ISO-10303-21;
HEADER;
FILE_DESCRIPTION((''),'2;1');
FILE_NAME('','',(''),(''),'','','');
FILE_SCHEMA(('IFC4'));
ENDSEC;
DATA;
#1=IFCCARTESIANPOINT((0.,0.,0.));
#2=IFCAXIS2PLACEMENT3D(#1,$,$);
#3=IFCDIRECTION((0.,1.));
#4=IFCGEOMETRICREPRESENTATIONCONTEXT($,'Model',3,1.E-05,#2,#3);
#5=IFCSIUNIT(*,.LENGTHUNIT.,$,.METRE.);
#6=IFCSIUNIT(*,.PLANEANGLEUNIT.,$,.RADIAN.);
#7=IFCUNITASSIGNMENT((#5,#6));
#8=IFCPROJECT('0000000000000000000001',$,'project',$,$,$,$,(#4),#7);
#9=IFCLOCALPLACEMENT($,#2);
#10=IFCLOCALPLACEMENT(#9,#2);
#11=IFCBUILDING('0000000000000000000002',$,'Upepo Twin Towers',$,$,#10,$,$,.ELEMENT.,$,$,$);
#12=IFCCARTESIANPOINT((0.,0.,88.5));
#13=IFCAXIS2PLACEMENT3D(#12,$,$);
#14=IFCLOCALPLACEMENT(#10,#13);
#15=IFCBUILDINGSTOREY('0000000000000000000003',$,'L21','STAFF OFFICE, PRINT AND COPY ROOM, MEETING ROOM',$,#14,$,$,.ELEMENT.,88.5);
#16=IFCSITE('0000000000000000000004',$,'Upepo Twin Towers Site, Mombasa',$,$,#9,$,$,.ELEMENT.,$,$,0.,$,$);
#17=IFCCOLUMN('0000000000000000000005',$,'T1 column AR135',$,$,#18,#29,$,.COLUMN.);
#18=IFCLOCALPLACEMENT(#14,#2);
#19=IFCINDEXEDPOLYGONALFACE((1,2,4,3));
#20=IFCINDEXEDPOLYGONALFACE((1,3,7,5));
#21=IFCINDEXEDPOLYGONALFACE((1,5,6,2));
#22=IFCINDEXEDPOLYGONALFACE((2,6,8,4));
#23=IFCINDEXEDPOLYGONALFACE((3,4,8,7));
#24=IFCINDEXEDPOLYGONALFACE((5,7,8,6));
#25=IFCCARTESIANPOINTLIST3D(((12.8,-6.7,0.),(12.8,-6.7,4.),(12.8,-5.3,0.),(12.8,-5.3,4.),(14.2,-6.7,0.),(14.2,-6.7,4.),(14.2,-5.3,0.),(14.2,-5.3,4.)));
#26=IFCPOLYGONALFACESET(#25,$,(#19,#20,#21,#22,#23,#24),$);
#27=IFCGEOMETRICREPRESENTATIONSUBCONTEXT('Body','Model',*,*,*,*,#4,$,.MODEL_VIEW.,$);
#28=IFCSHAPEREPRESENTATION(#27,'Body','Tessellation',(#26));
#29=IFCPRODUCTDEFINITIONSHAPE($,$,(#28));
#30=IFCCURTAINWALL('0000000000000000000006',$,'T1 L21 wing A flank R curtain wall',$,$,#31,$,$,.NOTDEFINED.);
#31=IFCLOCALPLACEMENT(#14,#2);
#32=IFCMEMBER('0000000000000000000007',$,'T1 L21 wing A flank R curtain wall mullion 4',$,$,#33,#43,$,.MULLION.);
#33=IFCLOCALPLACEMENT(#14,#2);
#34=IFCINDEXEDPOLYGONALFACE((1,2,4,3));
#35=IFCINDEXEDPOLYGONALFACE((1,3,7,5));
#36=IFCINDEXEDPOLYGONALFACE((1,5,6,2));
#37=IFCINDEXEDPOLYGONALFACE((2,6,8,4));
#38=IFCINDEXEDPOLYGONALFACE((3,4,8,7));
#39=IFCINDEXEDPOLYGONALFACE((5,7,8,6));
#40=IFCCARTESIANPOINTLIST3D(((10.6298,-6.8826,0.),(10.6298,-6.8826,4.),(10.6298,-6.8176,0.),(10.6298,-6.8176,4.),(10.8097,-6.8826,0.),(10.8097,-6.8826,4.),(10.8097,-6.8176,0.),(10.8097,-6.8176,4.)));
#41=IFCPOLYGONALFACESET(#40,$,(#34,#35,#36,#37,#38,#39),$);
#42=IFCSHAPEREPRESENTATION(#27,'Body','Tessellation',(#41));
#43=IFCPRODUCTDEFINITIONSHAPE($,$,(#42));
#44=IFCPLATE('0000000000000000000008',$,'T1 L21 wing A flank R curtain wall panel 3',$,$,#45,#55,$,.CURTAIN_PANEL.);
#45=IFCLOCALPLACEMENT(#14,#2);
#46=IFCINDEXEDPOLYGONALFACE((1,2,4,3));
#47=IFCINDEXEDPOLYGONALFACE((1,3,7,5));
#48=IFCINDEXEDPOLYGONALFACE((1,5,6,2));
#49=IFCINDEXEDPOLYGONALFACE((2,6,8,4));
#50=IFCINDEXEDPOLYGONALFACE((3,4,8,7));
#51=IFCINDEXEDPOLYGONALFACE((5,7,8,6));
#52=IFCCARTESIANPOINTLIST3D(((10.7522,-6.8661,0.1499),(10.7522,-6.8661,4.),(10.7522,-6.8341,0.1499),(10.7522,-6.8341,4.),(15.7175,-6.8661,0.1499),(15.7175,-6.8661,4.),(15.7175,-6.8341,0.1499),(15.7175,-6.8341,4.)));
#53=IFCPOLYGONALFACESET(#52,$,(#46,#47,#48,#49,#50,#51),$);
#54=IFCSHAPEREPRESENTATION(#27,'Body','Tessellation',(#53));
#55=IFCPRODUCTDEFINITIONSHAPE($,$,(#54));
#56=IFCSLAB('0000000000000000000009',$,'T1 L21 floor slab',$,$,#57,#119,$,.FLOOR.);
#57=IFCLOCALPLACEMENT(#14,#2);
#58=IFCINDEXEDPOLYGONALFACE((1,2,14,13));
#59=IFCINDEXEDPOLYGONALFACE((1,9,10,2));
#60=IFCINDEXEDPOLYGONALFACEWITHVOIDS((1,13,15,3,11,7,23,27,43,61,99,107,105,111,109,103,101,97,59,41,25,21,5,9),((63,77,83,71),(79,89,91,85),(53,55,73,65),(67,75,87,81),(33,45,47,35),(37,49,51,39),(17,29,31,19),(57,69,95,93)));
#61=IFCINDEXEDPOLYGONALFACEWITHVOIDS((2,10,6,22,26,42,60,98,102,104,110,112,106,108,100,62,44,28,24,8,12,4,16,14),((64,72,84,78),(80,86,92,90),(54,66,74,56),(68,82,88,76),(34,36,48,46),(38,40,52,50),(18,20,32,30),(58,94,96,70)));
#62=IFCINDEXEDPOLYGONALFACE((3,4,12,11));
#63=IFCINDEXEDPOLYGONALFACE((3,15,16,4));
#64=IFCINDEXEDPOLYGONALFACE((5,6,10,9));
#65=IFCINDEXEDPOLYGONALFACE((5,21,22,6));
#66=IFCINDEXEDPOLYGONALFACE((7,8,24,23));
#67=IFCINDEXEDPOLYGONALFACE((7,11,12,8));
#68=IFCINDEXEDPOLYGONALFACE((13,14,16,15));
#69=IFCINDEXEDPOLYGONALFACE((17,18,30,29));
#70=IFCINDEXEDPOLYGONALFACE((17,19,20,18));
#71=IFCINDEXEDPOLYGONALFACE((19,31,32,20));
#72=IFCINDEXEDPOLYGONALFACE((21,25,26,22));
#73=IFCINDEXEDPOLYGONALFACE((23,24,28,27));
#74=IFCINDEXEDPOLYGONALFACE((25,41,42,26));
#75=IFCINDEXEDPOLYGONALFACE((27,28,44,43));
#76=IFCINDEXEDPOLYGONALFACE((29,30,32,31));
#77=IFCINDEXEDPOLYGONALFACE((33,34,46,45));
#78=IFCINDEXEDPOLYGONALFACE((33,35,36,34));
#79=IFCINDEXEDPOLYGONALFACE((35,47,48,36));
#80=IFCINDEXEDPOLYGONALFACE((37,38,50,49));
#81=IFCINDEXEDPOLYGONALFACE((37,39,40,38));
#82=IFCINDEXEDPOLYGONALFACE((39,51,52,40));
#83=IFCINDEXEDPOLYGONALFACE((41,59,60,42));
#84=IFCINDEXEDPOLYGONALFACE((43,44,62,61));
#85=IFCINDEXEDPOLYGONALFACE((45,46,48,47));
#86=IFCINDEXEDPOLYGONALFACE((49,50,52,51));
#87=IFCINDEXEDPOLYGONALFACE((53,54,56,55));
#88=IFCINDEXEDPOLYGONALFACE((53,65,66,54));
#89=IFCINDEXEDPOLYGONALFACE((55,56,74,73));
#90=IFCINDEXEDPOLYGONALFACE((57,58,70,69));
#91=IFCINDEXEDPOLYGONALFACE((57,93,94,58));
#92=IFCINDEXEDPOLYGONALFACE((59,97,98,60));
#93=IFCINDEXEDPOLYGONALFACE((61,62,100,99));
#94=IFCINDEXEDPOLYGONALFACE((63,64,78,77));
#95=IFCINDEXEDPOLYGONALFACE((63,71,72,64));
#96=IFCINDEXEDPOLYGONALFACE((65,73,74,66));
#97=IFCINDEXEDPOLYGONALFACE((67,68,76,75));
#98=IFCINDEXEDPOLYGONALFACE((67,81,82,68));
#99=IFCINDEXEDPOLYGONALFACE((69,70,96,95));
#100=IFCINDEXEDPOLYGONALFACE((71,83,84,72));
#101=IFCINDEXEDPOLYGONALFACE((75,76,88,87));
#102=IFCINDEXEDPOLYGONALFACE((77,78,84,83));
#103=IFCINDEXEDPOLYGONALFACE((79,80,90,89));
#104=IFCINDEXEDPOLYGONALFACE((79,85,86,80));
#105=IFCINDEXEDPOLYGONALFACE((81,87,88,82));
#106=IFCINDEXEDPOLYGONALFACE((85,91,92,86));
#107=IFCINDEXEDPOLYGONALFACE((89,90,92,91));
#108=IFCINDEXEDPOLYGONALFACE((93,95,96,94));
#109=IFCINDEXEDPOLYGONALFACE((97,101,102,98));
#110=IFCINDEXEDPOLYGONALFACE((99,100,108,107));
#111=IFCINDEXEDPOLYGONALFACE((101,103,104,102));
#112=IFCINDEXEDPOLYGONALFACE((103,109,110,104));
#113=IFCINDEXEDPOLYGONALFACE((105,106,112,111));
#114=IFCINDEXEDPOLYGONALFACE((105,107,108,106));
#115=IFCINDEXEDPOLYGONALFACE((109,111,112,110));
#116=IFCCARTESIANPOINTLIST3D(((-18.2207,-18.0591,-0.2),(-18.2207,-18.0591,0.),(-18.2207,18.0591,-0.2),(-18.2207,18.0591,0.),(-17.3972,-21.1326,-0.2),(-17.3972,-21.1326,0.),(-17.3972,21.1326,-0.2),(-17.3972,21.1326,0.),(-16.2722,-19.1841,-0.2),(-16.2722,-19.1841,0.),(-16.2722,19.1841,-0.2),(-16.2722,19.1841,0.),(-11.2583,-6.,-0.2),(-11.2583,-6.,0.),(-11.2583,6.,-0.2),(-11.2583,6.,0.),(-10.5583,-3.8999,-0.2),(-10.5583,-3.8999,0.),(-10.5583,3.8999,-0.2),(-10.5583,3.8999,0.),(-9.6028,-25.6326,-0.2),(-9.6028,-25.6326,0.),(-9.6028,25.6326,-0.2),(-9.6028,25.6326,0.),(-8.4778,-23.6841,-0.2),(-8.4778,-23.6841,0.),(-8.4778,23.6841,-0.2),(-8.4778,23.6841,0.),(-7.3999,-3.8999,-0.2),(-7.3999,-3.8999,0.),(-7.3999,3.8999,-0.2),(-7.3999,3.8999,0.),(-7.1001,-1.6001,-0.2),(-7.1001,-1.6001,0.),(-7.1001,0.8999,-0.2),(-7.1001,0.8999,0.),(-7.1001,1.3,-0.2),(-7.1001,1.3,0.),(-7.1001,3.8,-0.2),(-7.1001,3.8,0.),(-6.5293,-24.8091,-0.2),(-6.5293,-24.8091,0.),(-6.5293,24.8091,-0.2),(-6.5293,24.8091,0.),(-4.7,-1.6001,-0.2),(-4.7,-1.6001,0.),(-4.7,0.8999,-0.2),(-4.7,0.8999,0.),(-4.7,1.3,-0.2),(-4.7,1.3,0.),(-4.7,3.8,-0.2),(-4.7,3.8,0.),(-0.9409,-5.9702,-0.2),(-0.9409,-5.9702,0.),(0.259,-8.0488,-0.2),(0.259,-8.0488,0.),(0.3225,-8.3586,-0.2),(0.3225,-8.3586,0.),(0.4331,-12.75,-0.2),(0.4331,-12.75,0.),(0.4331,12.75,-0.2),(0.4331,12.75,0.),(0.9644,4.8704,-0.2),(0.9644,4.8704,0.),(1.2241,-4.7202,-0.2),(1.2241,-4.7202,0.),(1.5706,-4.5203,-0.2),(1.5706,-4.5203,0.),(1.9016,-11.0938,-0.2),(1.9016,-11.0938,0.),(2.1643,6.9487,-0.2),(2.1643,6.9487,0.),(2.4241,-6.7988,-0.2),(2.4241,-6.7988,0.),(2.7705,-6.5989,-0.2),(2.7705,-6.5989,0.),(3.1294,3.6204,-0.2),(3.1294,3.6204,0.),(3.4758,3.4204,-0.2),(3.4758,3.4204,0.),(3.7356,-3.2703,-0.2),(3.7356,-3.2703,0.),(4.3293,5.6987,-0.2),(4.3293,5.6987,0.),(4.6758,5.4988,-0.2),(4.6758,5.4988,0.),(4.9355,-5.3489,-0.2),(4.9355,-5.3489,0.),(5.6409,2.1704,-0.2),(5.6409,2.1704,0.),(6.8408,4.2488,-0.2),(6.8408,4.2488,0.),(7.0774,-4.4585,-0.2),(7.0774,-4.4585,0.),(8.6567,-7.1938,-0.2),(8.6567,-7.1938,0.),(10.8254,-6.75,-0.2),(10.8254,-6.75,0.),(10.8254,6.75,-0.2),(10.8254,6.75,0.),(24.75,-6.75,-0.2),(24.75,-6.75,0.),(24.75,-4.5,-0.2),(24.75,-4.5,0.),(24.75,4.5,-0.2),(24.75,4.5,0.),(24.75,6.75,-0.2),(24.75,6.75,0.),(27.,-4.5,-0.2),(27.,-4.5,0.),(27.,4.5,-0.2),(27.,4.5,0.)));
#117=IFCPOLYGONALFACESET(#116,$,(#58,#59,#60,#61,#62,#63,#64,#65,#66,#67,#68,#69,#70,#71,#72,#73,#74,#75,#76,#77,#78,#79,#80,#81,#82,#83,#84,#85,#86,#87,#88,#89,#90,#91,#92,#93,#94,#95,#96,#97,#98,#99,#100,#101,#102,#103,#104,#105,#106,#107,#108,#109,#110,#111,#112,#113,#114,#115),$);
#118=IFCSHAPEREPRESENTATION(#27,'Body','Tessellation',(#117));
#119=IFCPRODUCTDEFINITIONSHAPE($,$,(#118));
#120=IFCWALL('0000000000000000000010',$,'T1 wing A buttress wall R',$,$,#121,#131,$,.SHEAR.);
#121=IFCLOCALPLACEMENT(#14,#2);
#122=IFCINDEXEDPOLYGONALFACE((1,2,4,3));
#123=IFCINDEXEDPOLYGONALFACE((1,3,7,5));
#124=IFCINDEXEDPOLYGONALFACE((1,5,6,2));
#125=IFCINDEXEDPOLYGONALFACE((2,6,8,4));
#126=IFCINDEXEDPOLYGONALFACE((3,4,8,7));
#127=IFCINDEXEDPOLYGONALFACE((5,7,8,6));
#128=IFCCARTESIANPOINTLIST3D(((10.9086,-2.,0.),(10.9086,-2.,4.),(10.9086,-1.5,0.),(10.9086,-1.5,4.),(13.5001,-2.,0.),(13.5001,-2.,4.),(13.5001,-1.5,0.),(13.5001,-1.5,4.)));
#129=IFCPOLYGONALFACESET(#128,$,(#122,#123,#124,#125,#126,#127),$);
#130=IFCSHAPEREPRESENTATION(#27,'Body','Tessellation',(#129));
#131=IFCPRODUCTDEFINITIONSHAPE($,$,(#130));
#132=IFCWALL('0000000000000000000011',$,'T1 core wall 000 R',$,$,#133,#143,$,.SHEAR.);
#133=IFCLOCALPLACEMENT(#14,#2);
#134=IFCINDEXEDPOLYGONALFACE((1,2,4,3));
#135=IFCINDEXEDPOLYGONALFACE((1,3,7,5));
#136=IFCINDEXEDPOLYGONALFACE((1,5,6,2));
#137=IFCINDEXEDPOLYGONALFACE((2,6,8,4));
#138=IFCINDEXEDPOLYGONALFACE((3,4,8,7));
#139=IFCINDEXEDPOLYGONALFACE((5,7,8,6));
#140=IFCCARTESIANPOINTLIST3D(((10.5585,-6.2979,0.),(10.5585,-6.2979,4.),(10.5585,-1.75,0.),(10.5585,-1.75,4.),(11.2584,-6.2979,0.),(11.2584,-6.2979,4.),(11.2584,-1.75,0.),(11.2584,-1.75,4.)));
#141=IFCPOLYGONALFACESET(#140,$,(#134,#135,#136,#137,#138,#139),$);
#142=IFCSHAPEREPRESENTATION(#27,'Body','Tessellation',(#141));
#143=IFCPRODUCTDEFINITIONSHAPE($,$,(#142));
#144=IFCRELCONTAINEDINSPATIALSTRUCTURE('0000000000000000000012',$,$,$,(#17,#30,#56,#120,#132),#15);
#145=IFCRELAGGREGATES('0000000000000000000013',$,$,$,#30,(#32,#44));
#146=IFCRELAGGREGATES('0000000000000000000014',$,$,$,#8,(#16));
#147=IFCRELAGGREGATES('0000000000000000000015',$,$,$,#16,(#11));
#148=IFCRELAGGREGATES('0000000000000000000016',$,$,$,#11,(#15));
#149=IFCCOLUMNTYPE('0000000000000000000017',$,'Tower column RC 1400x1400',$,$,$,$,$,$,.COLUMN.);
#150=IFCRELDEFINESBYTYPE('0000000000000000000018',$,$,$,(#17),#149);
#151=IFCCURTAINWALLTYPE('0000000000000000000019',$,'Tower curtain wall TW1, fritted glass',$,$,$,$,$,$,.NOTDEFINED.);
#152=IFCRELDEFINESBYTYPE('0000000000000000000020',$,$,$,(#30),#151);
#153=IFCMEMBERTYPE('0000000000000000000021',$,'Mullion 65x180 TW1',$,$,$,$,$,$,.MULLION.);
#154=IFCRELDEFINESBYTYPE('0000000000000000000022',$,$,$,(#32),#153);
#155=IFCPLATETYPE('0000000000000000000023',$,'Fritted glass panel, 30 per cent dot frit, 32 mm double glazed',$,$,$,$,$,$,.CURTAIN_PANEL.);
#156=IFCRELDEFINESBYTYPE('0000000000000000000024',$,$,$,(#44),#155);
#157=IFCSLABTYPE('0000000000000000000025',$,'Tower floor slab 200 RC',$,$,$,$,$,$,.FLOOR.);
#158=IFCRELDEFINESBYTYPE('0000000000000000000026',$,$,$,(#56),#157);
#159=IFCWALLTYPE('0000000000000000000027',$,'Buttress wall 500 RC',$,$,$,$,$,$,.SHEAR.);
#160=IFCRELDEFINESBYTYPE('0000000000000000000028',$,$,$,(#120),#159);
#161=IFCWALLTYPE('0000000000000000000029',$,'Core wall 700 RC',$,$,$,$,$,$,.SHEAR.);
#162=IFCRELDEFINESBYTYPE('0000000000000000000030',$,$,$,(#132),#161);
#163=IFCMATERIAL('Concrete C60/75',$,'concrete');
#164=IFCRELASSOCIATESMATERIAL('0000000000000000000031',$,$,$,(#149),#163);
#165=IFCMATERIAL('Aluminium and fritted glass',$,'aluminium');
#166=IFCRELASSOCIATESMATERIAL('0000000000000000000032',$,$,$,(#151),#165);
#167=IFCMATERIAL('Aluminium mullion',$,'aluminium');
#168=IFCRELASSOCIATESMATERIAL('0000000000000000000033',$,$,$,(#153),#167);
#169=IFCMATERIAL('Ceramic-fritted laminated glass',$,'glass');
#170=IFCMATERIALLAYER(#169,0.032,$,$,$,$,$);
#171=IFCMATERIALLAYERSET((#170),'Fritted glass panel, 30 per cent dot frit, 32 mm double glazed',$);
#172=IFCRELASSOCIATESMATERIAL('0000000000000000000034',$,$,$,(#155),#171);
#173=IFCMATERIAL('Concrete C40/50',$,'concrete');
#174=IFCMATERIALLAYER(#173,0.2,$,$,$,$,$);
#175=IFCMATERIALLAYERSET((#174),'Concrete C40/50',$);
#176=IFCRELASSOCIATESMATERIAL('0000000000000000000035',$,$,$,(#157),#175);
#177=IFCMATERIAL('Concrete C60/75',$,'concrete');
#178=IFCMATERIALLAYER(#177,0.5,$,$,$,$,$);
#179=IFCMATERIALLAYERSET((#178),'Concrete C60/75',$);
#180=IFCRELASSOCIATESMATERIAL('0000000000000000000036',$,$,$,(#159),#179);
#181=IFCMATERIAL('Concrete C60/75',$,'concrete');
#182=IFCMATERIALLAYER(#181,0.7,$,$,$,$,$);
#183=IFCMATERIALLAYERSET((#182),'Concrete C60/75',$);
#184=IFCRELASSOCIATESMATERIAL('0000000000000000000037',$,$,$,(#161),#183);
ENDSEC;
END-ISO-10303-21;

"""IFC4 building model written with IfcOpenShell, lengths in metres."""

from ifc_helpers import new_model, si_unit, direction, frame, frame_2d, origin, origin_2d, place, context, subcontext, project, spatial, polyline, rectangle, outline, extrude, material, layer, layer_set, material_profile, profile_set, type_object, element, aggregate, save


model = new_model("IFC4")

# Units and contexts
model_context = context("Model", 3, precision=1e-05, world=origin(), true_north=direction((0.0, 1.0)))
body_context = subcontext(model_context, "Body", "Model", "MODEL_VIEW")
ifc_project = project(units=[si_unit("LENGTHUNIT", "METRE"), si_unit("PLANEANGLEUNIT", "RADIAN")], contexts=[model_context])

# Site, building, storey
site_placement = place(None, origin())
site = spatial("IfcSite", under=ifc_project, at=site_placement, Name="Upepo Twin Towers Site, Mombasa", CompositionType="ELEMENT", RefElevation=0.0)
building_placement = place(site_placement, origin())
building = spatial("IfcBuilding", under=site, at=building_placement, Name="Upepo Twin Towers", CompositionType="ELEMENT")
storey_placement = place(building_placement, frame((0.0, 0.0, 88.5)))
storey = spatial("IfcBuildingStorey", under=building, at=storey_placement, Name="L21", Description="STAFF OFFICE, PRINT AND COPY ROOM, MEETING ROOM", CompositionType="ELEMENT", Elevation=88.5)

# Column
ifc_material_1 = material(Name="Concrete C60/75", Category="concrete")
ifc_material_profile_1 = material_profile(ifc_material_1, rectangle(XDim=1.3999, YDim=1.3999, at=origin_2d()), Name="RC 1400x1400")
ifc_profile_set_1 = profile_set([ifc_material_profile_1], Name="Concrete C60/75")
column_type = type_object("IfcColumnType", Name="Tower column RC 1400x1400", PredefinedType="COLUMN", material=ifc_profile_set_1)
column_placement = place(storey_placement, frame((13.5, -6.0, 0.0), z_axis=(0.0, 0.0, 1.0), x_axis=(1.0, 0.0, 0.0)))
element("IfcColumn", 1, at=column_placement, inside=storey, type_object=column_type, Name="T1 column AR135", PredefinedType="COLUMN", context=body_context, shape_type="SweptSolid", body=[
    extrude(rectangle(XDim=1.3999, YDim=1.3999, at=origin_2d()), origin(), (0.0, 0.0, 1.0), 4.0),
])

# Curtain wall, member, plate
ifc_material_2 = material(Name="Aluminium and fritted glass", Category="aluminium")
curtain_wall_type = type_object("IfcCurtainWallType", Name="Tower curtain wall TW1, fritted glass", PredefinedType="NOTDEFINED", material=ifc_material_2)
curtain_wall_placement = place(storey_placement, origin())
curtain_wall = element("IfcCurtainWall", 2, at=curtain_wall_placement, inside=storey, type_object=curtain_wall_type, Name="T1 L21 wing A flank R curtain wall", PredefinedType="NOTDEFINED")
ifc_material_3 = material(Name="Aluminium mullion", Category="aluminium")
ifc_material_profile_2 = material_profile(ifc_material_3, rectangle(XDim=0.0649, YDim=0.1799, at=origin_2d()), Name="MULLION 65x180")
ifc_profile_set_2 = profile_set([ifc_material_profile_2], Name="Aluminium mullion")
member_type = type_object("IfcMemberType", Name="Mullion 65x180 TW1", PredefinedType="MULLION", material=ifc_profile_set_2)
member_placement = place(storey_placement, frame((10.7197, -6.8501, 0.0), z_axis=(0.0, 0.0, 1.0), x_axis=(0.0, -1.0, 0.0)))
member = element("IfcMember", 3, at=member_placement, type_object=member_type, Name="T1 L21 wing A flank R curtain wall mullion 4", PredefinedType="MULLION", context=body_context, shape_type="SweptSolid", body=[
    extrude(rectangle(XDim=0.0649, YDim=0.1799, at=origin_2d()), origin(), (0.0, 0.0, 1.0), 4.0),
])
ifc_material_4 = material(Name="Ceramic-fritted laminated glass", Category="glass")
ifc_layer_1 = layer(ifc_material_4, 0.032)
ifc_layer_set_1 = layer_set([ifc_layer_1], Name="Fritted glass panel, 30 per cent dot frit, 32 mm double glazed")
plate_type = type_object("IfcPlateType", Name="Fritted glass panel, 30 per cent dot frit, 32 mm double glazed", PredefinedType="CURTAIN_PANEL", material=ifc_layer_set_1)
plate_placement = place(storey_placement, frame((13.2349, -6.8501, 0.1499), z_axis=(0.0, 0.0, 1.0), x_axis=(-1.0, 0.0, 0.0)))
plate = element("IfcPlate", 4, at=plate_placement, type_object=plate_type, Name="T1 L21 wing A flank R curtain wall panel 3", PredefinedType="CURTAIN_PANEL", context=body_context, shape_type="SweptSolid", body=[
    extrude(rectangle(XDim=4.9653, YDim=0.032, at=origin_2d()), origin(), (0.0, 0.0, 1.0), 3.8501),
])
aggregate(curtain_wall, [member, plate])

# Slab
ifc_material_5 = material(Name="Concrete C40/50", Category="concrete")
ifc_layer_2 = layer(ifc_material_5, 0.2)
ifc_layer_set_2 = layer_set([ifc_layer_2], Name="Concrete C40/50")
slab_type = type_object("IfcSlabType", Name="Tower floor slab 200 RC", PredefinedType="FLOOR", material=ifc_layer_set_2)
slab_placement = place(storey_placement, frame((0.0, 0.0, -0.2)))
element("IfcSlab", 5, at=slab_placement, inside=storey, type_object=slab_type, Name="T1 L21 floor slab", PredefinedType="FLOOR", context=body_context, shape_type="SweptSolid", body=[
    extrude(outline(polyline([(-8.4778, -23.6841), (-9.6028, -25.6326), (-17.3972, -21.1326), (-16.2722, -19.1841), (-18.2207, -18.0591), (-11.2583, -6.0), (-11.2583, 6.0), (-18.2207, 18.0591), (-16.2722, 19.1841), (-17.3972, 21.1326), (-9.6028, 25.6326), (-8.4778, 23.6841), (-6.5293, 24.8091), (0.4331, 12.75), (10.8254, 6.75), (24.75, 6.75), (24.75, 4.5), (27.0, 4.5), (27.0, -4.5), (24.75, -4.5), (24.75, -6.75), (10.8254, -6.75), (0.4331, -12.75), (-6.5293, -24.8091), (-8.4778, -23.6841)]), holes=[polyline([(5.6409, 2.1704), (6.8408, 4.2488), (4.6758, 5.4988), (3.4758, 3.4204), (5.6409, 2.1704)]), polyline([(3.1294, 3.6204), (4.3293, 5.6987), (2.1643, 6.9487), (0.9644, 4.8704), (3.1294, 3.6204)]), polyline([(-4.7, 3.8), (-7.1001, 3.8), (-7.1001, 1.3), (-4.7, 1.3), (-4.7, 3.8)]), polyline([(-4.7, 0.8999), (-7.1001, 0.8999), (-7.1001, -1.6001), (-4.7, -1.6001), (-4.7, 0.8999)]), polyline([(-7.3999, 3.8999), (-10.5583, 3.8999), (-10.5583, -3.8999), (-7.3999, -3.8999), (-7.3999, 3.8999)]), polyline([(-0.9409, -5.9702), (0.259, -8.0488), (2.4241, -6.7988), (1.2241, -4.7202), (-0.9409, -5.9702)]), polyline([(1.5706, -4.5203), (2.7705, -6.5989), (4.9355, -5.3489), (3.7356, -3.2703), (1.5706, -4.5203)]), polyline([(0.3225, -8.3586), (1.9016, -11.0938), (8.6567, -7.1938), (7.0774, -4.4585), (0.3225, -8.3586)])]), origin(), (0.0, 0.0, 1.0), 0.2),
])

# Walls
ifc_material_6 = material(Name="Concrete C60/75", Category="concrete")
ifc_layer_3 = layer(ifc_material_6, 0.5)
ifc_layer_set_3 = layer_set([ifc_layer_3], Name="Concrete C60/75")
wall_type_1 = type_object("IfcWallType", Name="Buttress wall 500 RC", PredefinedType="SHEAR", material=ifc_layer_set_3)
wall_1_placement = place(storey_placement, frame((10.9084, -1.75, 0.0), z_axis=(0.0, 0.0, 1.0), x_axis=(1.0, 0.0, 0.0)))
element("IfcWall", 6, at=wall_1_placement, inside=storey, type_object=wall_type_1, Name="T1 wing A buttress wall R", PredefinedType="SHEAR", context=body_context, shape_type="SweptSolid", body=[
    extrude(rectangle(XDim=2.5916, YDim=0.5, at=frame_2d((1.2959, 0.0))), origin(), (0.0, 0.0, 1.0), 4.0),
])
ifc_material_7 = material(Name="Concrete C60/75", Category="concrete")
ifc_layer_4 = layer(ifc_material_7, 0.7)
ifc_layer_set_4 = layer_set([ifc_layer_4], Name="Concrete C60/75")
wall_type_2 = type_object("IfcWallType", Name="Core wall 700 RC", PredefinedType="SHEAR", material=ifc_layer_set_4)
wall_2_placement = place(storey_placement, frame((10.9084, -6.2979, 0.0), z_axis=(0.0, 0.0, 1.0), x_axis=(0.0, 1.0, 0.0)))
element("IfcWall", 7, at=wall_2_placement, inside=storey, type_object=wall_type_2, Name="T1 core wall 000 R", PredefinedType="SHEAR", context=body_context, shape_type="SweptSolid", body=[
    extrude(rectangle(XDim=4.5479, YDim=0.7, at=frame_2d((2.2739, 0.0))), origin(), (0.0, 0.0, 1.0), 4.0),
])

save(model, "model.ifc")
